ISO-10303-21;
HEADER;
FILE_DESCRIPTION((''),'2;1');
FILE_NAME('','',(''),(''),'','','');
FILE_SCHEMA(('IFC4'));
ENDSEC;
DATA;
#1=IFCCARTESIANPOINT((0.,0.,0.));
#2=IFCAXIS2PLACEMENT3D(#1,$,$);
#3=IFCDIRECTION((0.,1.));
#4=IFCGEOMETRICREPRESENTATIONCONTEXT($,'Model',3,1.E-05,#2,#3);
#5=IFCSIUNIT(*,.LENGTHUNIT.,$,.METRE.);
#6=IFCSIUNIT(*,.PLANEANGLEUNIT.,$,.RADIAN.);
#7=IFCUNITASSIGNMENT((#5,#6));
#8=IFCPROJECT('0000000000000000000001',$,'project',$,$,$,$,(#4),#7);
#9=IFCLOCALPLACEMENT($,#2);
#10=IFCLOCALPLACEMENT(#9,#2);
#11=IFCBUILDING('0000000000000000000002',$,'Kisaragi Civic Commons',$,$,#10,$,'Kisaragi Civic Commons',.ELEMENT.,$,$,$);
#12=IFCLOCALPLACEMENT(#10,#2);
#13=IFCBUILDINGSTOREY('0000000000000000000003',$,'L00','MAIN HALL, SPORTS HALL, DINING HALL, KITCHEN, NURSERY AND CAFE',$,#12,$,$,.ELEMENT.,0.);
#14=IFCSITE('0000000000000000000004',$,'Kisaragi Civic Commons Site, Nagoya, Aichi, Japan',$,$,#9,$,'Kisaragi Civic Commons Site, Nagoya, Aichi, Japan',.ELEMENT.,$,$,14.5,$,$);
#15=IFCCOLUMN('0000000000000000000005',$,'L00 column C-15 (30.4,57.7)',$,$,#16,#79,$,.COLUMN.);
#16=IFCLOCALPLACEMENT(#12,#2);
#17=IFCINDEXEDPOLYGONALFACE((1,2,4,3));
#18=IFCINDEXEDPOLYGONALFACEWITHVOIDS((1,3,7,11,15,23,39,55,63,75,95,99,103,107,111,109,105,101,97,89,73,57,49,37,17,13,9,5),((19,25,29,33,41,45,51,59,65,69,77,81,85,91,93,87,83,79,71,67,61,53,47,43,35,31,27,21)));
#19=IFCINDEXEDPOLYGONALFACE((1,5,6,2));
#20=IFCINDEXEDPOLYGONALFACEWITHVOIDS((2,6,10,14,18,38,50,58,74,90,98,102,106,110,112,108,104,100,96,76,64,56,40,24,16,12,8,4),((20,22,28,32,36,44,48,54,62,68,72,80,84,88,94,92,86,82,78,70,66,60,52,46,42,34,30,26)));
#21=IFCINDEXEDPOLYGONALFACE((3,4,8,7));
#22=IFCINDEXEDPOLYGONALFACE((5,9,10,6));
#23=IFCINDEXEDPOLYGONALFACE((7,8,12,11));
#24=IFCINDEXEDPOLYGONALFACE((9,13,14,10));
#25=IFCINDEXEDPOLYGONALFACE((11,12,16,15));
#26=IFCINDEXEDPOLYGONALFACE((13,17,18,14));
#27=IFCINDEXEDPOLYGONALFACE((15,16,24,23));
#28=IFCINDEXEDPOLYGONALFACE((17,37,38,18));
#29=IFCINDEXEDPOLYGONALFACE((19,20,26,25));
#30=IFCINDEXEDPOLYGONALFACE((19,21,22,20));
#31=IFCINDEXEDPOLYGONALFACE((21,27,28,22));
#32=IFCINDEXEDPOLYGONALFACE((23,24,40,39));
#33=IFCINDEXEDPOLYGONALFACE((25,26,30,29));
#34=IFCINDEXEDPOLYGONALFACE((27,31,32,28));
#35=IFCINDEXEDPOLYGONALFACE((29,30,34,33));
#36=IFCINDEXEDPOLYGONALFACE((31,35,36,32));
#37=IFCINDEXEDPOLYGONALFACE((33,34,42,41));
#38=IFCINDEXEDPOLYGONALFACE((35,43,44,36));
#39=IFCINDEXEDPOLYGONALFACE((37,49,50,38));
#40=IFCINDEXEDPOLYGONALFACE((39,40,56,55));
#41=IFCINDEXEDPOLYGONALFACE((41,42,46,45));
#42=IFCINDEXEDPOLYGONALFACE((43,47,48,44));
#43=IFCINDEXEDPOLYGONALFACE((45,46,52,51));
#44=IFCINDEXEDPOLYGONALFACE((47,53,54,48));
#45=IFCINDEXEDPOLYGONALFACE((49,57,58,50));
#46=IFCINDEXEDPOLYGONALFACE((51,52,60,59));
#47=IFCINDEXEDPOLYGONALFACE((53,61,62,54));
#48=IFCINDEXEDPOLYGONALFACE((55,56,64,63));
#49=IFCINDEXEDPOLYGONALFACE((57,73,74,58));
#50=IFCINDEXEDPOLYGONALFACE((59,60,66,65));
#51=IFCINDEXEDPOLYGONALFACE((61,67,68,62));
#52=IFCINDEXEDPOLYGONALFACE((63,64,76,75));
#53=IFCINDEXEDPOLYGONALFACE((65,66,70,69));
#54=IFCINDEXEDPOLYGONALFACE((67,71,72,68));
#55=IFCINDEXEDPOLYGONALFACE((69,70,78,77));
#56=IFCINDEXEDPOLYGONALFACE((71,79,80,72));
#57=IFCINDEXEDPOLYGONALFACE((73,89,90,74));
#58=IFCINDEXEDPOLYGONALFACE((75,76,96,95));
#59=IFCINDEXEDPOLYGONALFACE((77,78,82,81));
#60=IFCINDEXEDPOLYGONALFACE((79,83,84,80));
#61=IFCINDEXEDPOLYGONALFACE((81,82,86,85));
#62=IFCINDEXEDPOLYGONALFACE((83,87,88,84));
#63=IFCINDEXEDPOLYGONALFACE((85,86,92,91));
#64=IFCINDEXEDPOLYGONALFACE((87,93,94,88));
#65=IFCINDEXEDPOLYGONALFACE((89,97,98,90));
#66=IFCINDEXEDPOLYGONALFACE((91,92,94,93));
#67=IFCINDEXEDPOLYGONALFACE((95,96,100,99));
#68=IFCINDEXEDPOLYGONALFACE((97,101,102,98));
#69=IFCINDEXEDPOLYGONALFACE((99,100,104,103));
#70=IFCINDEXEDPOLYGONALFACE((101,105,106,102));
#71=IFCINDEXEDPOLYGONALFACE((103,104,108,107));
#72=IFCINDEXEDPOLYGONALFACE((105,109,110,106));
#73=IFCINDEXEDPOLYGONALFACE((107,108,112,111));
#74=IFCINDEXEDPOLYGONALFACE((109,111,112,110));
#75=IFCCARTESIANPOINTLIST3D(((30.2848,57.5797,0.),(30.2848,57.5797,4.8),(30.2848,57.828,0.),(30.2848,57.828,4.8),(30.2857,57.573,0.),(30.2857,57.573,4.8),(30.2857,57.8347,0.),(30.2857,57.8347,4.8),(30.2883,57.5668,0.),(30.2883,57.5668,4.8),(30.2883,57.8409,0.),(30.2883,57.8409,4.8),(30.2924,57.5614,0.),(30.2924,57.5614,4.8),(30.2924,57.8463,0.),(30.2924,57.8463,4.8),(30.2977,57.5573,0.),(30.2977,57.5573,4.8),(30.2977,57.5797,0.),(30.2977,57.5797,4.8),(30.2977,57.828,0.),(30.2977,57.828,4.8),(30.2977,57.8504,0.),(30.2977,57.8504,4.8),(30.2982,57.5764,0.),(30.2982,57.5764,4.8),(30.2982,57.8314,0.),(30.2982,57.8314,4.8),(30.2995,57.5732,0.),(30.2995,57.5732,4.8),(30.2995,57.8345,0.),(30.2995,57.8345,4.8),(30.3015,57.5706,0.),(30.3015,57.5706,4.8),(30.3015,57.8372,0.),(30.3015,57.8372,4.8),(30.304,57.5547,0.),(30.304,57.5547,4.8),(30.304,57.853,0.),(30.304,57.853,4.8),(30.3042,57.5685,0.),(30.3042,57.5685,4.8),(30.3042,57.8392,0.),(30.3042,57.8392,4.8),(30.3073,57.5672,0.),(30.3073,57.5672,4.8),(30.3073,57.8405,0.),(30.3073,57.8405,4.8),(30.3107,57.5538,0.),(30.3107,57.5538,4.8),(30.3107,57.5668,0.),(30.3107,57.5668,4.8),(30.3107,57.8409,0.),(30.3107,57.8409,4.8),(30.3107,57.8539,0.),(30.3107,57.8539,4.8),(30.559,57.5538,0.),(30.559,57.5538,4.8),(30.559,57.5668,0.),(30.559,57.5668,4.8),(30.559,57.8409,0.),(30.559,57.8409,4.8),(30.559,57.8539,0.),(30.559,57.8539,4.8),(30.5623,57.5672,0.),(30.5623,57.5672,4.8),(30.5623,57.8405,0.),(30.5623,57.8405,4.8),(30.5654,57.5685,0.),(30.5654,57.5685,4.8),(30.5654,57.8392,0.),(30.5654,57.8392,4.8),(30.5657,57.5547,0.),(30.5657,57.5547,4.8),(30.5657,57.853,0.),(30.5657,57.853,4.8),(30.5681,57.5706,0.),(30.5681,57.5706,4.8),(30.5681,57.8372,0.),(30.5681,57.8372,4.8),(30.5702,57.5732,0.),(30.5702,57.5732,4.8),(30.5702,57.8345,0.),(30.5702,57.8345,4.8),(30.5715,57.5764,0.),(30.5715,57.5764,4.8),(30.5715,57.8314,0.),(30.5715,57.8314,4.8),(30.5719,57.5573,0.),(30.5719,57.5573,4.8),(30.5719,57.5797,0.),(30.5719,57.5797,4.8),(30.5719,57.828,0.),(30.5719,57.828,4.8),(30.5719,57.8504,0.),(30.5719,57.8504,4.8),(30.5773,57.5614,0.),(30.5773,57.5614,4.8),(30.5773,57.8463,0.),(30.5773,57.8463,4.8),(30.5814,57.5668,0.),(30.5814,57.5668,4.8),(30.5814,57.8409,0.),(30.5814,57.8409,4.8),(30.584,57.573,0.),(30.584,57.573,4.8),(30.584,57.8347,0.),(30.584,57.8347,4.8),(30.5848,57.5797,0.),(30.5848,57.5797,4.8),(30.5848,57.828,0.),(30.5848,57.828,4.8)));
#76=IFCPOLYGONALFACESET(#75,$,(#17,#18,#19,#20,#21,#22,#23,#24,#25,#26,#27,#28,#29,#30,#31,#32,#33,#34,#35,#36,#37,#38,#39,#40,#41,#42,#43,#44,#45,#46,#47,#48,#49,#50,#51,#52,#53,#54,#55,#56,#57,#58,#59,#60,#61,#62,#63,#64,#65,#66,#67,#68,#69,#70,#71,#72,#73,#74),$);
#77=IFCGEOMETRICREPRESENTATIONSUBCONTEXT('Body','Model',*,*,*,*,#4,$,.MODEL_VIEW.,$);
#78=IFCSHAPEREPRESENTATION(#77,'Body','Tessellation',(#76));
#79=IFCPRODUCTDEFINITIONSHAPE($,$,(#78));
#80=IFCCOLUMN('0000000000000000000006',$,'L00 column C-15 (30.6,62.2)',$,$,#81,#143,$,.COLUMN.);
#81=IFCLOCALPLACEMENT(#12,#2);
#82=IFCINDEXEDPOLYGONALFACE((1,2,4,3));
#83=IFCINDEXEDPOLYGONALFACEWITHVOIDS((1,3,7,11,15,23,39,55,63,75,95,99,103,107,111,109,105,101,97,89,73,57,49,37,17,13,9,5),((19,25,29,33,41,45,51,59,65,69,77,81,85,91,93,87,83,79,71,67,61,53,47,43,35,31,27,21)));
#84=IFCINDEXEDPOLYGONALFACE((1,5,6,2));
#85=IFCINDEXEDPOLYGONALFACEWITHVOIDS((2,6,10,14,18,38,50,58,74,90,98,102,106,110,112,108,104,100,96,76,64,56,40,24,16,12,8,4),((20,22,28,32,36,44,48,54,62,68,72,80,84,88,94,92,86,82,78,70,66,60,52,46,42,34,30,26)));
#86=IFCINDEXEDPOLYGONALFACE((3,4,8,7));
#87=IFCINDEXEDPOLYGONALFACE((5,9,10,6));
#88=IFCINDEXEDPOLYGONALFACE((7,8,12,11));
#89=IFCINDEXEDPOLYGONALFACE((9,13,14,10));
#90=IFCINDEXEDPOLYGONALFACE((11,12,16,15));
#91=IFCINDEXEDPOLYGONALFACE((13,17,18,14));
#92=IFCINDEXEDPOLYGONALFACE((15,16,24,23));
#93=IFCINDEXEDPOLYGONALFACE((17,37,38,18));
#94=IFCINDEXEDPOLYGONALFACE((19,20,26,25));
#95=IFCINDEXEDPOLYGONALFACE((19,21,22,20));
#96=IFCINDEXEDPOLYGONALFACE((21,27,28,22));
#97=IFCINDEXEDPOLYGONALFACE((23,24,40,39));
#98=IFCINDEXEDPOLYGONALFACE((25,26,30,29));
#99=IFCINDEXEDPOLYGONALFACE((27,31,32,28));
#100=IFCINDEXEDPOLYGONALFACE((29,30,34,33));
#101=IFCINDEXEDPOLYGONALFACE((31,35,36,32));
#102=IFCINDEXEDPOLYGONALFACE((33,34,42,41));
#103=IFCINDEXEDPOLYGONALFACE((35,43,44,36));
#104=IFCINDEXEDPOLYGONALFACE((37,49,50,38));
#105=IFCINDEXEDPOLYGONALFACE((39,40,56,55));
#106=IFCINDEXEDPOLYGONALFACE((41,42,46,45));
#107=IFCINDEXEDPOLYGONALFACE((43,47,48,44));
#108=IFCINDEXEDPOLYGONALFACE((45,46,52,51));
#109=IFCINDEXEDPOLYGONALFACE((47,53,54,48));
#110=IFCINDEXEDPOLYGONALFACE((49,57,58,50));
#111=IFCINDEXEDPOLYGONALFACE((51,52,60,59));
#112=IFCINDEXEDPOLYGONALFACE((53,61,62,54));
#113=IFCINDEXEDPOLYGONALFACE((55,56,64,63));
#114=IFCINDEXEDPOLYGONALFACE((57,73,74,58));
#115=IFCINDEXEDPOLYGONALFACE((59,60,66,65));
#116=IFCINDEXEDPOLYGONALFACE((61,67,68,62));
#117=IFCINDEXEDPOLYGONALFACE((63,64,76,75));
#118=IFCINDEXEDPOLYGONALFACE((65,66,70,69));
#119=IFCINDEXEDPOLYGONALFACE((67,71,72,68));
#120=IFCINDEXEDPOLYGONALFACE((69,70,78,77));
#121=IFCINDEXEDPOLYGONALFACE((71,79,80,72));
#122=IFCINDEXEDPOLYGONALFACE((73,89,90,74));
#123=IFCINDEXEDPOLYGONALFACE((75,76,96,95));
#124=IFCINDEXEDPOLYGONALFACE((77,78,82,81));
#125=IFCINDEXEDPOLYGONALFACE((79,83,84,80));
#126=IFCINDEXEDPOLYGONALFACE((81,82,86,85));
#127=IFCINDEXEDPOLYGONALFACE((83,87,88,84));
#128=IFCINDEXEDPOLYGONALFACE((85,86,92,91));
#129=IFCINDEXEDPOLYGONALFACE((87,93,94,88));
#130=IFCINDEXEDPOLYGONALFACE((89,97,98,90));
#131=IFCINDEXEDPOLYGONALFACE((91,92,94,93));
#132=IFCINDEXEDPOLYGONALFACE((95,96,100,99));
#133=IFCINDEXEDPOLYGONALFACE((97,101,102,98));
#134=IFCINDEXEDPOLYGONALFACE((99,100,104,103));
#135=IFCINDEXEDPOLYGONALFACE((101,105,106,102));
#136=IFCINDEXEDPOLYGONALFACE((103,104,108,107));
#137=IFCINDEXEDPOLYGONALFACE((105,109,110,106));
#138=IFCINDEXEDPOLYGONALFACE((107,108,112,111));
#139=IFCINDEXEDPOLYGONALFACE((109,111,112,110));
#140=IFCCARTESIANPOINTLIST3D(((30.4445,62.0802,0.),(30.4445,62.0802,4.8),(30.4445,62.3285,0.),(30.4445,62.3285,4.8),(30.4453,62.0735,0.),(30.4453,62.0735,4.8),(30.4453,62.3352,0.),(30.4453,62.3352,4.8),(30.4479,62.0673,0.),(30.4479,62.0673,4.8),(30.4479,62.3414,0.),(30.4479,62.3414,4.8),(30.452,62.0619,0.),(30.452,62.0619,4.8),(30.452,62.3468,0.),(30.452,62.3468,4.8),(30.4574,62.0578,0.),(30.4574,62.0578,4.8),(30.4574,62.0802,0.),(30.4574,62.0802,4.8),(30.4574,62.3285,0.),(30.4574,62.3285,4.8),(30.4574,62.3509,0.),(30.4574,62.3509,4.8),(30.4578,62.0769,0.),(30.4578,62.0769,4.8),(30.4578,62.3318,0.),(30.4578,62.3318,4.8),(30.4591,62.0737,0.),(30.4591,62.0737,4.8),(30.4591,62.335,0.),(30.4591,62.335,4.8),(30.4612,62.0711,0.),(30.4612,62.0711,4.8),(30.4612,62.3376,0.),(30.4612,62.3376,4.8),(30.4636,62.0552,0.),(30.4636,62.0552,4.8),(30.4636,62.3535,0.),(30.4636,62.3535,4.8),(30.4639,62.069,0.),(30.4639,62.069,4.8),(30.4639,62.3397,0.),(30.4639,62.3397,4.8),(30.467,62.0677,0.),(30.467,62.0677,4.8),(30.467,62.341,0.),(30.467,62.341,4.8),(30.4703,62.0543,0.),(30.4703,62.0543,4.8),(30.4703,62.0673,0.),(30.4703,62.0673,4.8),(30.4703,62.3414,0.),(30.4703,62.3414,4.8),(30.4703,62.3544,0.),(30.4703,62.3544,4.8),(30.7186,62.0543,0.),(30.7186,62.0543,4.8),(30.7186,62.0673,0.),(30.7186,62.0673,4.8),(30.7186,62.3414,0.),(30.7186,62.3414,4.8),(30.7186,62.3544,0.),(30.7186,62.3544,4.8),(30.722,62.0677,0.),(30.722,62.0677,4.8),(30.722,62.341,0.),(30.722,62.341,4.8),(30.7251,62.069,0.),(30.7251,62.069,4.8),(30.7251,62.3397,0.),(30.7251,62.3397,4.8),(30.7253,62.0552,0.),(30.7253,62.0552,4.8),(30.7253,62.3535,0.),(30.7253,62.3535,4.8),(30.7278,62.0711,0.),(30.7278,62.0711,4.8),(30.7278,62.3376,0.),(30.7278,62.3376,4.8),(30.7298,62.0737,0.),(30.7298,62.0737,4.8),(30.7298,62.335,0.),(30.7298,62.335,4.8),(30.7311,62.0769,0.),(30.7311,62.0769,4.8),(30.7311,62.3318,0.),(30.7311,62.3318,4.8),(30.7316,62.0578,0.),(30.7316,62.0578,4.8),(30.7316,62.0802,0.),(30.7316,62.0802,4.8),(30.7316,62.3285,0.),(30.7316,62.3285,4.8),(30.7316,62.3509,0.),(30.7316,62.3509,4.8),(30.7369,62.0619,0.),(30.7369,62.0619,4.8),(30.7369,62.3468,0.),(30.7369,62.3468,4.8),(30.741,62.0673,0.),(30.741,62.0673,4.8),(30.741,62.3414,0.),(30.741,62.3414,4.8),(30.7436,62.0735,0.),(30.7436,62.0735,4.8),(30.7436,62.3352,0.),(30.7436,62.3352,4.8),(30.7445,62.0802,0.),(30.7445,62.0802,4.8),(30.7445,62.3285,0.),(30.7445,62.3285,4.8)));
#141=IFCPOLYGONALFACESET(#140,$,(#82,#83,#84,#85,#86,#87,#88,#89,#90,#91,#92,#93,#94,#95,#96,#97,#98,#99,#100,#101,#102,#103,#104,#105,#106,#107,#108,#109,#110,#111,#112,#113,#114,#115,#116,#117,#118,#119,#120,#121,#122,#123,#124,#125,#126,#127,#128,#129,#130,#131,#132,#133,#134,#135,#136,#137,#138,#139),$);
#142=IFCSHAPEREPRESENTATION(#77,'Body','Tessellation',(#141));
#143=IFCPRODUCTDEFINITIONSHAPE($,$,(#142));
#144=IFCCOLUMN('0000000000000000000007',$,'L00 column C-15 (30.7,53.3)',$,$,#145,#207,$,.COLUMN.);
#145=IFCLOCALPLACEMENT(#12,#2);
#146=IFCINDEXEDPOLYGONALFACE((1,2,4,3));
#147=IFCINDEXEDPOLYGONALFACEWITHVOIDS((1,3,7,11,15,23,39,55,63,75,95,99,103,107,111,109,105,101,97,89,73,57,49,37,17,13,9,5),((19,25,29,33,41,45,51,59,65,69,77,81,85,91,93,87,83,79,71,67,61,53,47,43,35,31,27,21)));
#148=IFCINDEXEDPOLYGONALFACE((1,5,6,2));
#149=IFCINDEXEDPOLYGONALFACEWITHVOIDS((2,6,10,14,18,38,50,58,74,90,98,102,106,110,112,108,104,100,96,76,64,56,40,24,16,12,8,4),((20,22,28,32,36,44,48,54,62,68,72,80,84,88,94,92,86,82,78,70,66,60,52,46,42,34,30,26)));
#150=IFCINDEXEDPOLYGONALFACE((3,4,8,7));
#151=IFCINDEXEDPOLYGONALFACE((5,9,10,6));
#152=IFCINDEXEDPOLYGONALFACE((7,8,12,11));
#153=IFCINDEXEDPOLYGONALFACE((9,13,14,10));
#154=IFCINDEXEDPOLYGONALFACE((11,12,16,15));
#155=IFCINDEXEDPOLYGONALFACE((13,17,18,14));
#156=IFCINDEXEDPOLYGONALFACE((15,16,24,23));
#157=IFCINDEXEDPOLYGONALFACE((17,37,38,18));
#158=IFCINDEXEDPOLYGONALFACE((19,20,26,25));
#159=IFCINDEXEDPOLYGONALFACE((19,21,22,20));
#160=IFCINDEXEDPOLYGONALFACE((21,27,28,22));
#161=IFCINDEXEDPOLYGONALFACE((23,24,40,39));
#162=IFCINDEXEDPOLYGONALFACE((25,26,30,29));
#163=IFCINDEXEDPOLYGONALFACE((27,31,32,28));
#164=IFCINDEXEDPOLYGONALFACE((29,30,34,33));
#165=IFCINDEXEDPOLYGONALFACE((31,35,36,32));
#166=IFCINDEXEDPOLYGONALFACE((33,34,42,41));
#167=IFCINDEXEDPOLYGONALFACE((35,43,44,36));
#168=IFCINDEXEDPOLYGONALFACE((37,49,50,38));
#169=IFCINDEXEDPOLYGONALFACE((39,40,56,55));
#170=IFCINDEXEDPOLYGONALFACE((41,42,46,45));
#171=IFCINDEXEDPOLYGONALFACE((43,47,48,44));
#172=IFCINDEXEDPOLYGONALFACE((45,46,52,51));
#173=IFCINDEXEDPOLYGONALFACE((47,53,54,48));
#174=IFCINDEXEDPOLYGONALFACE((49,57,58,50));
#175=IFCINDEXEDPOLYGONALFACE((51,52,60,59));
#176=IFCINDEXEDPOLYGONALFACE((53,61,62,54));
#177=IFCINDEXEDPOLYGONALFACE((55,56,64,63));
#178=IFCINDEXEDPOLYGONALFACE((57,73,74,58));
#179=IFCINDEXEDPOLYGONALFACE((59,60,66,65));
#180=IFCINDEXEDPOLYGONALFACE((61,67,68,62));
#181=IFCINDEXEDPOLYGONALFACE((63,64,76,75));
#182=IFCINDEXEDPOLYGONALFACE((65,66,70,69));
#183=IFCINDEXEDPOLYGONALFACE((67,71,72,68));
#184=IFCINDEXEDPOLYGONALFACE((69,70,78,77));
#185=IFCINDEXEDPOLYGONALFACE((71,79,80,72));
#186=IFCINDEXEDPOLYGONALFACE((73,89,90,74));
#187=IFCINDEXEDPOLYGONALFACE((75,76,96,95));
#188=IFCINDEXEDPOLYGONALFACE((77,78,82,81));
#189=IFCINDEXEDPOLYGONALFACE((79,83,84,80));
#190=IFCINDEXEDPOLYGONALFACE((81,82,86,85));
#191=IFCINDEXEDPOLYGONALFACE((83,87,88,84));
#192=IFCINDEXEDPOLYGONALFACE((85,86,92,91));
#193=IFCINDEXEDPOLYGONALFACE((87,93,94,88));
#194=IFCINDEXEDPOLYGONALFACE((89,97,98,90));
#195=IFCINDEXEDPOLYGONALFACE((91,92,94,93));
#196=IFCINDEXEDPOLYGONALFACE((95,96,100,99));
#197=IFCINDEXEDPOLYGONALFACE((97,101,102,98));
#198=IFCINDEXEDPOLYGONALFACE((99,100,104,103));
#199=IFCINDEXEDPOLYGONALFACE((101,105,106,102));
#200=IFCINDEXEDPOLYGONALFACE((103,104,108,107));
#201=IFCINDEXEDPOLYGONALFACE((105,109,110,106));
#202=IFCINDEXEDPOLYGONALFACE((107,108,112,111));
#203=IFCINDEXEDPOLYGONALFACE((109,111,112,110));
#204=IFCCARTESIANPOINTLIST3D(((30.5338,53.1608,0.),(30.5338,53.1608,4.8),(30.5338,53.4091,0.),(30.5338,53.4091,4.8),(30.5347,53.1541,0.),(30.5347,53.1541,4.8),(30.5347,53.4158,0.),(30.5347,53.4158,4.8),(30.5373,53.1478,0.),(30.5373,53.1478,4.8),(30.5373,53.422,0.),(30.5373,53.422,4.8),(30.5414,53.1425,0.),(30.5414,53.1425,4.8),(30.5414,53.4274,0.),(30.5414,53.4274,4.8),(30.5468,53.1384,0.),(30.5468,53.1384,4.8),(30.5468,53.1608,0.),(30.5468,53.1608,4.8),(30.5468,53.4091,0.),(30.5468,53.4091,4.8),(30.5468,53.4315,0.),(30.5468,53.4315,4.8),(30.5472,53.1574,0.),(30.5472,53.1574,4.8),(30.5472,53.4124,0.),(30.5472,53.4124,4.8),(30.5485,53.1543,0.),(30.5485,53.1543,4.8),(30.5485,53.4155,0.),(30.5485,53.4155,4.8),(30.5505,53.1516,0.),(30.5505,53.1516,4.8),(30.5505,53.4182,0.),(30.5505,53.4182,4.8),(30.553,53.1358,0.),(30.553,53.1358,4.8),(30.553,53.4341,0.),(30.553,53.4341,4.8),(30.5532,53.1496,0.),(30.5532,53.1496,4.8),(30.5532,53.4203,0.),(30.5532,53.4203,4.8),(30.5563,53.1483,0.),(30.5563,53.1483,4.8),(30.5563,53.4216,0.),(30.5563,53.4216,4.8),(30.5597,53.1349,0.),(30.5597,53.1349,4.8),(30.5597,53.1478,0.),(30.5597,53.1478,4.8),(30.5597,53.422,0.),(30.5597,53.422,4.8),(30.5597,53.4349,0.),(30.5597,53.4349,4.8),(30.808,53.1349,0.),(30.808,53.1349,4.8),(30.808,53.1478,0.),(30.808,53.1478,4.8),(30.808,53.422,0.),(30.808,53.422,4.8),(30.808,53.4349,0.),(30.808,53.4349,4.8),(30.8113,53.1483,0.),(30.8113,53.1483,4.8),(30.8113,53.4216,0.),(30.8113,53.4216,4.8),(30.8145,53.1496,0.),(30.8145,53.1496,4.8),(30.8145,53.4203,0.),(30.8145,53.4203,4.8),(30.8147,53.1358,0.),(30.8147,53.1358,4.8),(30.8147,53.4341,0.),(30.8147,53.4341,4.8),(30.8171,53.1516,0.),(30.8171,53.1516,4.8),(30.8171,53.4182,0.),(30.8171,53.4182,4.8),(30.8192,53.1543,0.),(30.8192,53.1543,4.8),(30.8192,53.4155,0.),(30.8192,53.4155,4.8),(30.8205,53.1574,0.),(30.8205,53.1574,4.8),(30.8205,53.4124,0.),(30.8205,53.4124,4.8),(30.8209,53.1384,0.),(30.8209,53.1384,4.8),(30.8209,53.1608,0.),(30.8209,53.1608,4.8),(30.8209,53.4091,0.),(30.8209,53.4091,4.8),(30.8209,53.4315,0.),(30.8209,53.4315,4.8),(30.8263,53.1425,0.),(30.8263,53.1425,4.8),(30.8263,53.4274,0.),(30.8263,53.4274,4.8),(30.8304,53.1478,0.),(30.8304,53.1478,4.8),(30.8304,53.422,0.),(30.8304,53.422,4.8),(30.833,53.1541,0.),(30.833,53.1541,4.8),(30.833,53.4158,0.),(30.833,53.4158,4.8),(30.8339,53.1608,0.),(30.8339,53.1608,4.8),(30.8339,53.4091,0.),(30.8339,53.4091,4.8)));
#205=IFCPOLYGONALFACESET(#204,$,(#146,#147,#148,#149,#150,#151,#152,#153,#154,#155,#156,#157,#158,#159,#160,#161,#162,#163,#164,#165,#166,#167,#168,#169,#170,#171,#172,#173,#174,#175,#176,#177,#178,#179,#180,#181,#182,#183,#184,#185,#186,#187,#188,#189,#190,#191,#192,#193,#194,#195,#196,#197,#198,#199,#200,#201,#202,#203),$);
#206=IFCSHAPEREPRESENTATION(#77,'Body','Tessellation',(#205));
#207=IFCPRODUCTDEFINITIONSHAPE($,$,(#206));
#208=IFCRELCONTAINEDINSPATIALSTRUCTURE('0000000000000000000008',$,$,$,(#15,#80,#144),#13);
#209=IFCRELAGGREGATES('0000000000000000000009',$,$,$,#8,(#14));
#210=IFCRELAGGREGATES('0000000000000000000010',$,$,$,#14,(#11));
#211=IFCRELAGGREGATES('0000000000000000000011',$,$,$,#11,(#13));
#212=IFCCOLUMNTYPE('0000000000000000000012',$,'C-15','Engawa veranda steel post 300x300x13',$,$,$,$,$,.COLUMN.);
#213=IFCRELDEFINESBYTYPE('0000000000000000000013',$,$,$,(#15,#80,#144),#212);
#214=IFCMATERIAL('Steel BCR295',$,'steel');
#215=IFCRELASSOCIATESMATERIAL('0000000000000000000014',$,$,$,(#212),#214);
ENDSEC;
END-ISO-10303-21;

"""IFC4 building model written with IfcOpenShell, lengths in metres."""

from ifc_helpers import new_model, si_unit, direction, frame, origin, origin_2d, place, context, subcontext, project, spatial, hollow_rectangle, extrude, material, material_profile, profile_set, type_object, element, save


model = new_model("IFC4")

# Units and contexts
model_context = context("Model", 3, precision=1e-05, world=origin(), true_north=direction((0.0, 1.0)))
body_context = subcontext(model_context, "Body", "Model", "MODEL_VIEW")
ifc_project = project(units=[si_unit("LENGTHUNIT", "METRE"), si_unit("PLANEANGLEUNIT", "RADIAN")], contexts=[model_context])

# Site, building, storey
site_placement = place(None, origin())
site = spatial("IfcSite", under=ifc_project, at=site_placement, Name="Kisaragi Civic Commons Site, Nagoya, Aichi, Japan", LongName="Kisaragi Civic Commons Site, Nagoya, Aichi, Japan", CompositionType="ELEMENT", RefElevation=14.5)
building_placement = place(site_placement, origin())
building = spatial("IfcBuilding", under=site, at=building_placement, Name="Kisaragi Civic Commons", LongName="Kisaragi Civic Commons", CompositionType="ELEMENT")
storey_placement = place(building_placement, origin())
storey = spatial("IfcBuildingStorey", under=building, at=storey_placement, Name="L00", Description="MAIN HALL, SPORTS HALL, DINING HALL, KITCHEN, NURSERY AND CAFE", CompositionType="ELEMENT", Elevation=0.0)

# Columns
ifc_material_1 = material(Name="Steel BCR295", Category="steel")
ifc_material_profile_1 = material_profile(ifc_material_1, hollow_rectangle(XDim=0.3, YDim=0.3, WallThickness=0.0129, InnerFilletRadius=0.0129, OuterFilletRadius=0.0259, at=origin_2d()), Name="BCR-300x300x13", Category="steel")
ifc_profile_set_1 = profile_set([ifc_material_profile_1], Name="Steel BCR295")
column_type_1 = type_object("IfcColumnType", Name="C-15", Description="Engawa veranda steel post 300x300x13", PredefinedType="COLUMN", material=ifc_profile_set_1)
for number, where, z_axis, x_axis, name in (
    (1, (30.4348, 57.7039, 0.0), (0.0, 0.0, 1.0), (1.0, 0.0, 0.0), "L00 column C-15 (30.4,57.7)"),
    (2, (30.5945, 62.2043, 0.0), (0.0, 0.0, 1.0), (1.0, 0.0, 0.0), "L00 column C-15 (30.6,62.2)"),
    (3, (30.6838, 53.2849, 0.0), (0.0, 0.0, 1.0), (1.0, 0.0, 0.0), "L00 column C-15 (30.7,53.3)"),
):
    element("IfcColumn", number, at=place(storey_placement, frame(where, z_axis=z_axis, x_axis=x_axis)), inside=storey, type_object=column_type_1, Name=name, PredefinedType="COLUMN", context=body_context, shape_type="SweptSolid", body=[
        extrude(hollow_rectangle(XDim=0.3, YDim=0.3, WallThickness=0.0129, InnerFilletRadius=0.0129, OuterFilletRadius=0.0259, at=origin_2d()), origin(), (0.0, 0.0, 1.0), 4.8),
    ])

save(model, "model.ifc")
